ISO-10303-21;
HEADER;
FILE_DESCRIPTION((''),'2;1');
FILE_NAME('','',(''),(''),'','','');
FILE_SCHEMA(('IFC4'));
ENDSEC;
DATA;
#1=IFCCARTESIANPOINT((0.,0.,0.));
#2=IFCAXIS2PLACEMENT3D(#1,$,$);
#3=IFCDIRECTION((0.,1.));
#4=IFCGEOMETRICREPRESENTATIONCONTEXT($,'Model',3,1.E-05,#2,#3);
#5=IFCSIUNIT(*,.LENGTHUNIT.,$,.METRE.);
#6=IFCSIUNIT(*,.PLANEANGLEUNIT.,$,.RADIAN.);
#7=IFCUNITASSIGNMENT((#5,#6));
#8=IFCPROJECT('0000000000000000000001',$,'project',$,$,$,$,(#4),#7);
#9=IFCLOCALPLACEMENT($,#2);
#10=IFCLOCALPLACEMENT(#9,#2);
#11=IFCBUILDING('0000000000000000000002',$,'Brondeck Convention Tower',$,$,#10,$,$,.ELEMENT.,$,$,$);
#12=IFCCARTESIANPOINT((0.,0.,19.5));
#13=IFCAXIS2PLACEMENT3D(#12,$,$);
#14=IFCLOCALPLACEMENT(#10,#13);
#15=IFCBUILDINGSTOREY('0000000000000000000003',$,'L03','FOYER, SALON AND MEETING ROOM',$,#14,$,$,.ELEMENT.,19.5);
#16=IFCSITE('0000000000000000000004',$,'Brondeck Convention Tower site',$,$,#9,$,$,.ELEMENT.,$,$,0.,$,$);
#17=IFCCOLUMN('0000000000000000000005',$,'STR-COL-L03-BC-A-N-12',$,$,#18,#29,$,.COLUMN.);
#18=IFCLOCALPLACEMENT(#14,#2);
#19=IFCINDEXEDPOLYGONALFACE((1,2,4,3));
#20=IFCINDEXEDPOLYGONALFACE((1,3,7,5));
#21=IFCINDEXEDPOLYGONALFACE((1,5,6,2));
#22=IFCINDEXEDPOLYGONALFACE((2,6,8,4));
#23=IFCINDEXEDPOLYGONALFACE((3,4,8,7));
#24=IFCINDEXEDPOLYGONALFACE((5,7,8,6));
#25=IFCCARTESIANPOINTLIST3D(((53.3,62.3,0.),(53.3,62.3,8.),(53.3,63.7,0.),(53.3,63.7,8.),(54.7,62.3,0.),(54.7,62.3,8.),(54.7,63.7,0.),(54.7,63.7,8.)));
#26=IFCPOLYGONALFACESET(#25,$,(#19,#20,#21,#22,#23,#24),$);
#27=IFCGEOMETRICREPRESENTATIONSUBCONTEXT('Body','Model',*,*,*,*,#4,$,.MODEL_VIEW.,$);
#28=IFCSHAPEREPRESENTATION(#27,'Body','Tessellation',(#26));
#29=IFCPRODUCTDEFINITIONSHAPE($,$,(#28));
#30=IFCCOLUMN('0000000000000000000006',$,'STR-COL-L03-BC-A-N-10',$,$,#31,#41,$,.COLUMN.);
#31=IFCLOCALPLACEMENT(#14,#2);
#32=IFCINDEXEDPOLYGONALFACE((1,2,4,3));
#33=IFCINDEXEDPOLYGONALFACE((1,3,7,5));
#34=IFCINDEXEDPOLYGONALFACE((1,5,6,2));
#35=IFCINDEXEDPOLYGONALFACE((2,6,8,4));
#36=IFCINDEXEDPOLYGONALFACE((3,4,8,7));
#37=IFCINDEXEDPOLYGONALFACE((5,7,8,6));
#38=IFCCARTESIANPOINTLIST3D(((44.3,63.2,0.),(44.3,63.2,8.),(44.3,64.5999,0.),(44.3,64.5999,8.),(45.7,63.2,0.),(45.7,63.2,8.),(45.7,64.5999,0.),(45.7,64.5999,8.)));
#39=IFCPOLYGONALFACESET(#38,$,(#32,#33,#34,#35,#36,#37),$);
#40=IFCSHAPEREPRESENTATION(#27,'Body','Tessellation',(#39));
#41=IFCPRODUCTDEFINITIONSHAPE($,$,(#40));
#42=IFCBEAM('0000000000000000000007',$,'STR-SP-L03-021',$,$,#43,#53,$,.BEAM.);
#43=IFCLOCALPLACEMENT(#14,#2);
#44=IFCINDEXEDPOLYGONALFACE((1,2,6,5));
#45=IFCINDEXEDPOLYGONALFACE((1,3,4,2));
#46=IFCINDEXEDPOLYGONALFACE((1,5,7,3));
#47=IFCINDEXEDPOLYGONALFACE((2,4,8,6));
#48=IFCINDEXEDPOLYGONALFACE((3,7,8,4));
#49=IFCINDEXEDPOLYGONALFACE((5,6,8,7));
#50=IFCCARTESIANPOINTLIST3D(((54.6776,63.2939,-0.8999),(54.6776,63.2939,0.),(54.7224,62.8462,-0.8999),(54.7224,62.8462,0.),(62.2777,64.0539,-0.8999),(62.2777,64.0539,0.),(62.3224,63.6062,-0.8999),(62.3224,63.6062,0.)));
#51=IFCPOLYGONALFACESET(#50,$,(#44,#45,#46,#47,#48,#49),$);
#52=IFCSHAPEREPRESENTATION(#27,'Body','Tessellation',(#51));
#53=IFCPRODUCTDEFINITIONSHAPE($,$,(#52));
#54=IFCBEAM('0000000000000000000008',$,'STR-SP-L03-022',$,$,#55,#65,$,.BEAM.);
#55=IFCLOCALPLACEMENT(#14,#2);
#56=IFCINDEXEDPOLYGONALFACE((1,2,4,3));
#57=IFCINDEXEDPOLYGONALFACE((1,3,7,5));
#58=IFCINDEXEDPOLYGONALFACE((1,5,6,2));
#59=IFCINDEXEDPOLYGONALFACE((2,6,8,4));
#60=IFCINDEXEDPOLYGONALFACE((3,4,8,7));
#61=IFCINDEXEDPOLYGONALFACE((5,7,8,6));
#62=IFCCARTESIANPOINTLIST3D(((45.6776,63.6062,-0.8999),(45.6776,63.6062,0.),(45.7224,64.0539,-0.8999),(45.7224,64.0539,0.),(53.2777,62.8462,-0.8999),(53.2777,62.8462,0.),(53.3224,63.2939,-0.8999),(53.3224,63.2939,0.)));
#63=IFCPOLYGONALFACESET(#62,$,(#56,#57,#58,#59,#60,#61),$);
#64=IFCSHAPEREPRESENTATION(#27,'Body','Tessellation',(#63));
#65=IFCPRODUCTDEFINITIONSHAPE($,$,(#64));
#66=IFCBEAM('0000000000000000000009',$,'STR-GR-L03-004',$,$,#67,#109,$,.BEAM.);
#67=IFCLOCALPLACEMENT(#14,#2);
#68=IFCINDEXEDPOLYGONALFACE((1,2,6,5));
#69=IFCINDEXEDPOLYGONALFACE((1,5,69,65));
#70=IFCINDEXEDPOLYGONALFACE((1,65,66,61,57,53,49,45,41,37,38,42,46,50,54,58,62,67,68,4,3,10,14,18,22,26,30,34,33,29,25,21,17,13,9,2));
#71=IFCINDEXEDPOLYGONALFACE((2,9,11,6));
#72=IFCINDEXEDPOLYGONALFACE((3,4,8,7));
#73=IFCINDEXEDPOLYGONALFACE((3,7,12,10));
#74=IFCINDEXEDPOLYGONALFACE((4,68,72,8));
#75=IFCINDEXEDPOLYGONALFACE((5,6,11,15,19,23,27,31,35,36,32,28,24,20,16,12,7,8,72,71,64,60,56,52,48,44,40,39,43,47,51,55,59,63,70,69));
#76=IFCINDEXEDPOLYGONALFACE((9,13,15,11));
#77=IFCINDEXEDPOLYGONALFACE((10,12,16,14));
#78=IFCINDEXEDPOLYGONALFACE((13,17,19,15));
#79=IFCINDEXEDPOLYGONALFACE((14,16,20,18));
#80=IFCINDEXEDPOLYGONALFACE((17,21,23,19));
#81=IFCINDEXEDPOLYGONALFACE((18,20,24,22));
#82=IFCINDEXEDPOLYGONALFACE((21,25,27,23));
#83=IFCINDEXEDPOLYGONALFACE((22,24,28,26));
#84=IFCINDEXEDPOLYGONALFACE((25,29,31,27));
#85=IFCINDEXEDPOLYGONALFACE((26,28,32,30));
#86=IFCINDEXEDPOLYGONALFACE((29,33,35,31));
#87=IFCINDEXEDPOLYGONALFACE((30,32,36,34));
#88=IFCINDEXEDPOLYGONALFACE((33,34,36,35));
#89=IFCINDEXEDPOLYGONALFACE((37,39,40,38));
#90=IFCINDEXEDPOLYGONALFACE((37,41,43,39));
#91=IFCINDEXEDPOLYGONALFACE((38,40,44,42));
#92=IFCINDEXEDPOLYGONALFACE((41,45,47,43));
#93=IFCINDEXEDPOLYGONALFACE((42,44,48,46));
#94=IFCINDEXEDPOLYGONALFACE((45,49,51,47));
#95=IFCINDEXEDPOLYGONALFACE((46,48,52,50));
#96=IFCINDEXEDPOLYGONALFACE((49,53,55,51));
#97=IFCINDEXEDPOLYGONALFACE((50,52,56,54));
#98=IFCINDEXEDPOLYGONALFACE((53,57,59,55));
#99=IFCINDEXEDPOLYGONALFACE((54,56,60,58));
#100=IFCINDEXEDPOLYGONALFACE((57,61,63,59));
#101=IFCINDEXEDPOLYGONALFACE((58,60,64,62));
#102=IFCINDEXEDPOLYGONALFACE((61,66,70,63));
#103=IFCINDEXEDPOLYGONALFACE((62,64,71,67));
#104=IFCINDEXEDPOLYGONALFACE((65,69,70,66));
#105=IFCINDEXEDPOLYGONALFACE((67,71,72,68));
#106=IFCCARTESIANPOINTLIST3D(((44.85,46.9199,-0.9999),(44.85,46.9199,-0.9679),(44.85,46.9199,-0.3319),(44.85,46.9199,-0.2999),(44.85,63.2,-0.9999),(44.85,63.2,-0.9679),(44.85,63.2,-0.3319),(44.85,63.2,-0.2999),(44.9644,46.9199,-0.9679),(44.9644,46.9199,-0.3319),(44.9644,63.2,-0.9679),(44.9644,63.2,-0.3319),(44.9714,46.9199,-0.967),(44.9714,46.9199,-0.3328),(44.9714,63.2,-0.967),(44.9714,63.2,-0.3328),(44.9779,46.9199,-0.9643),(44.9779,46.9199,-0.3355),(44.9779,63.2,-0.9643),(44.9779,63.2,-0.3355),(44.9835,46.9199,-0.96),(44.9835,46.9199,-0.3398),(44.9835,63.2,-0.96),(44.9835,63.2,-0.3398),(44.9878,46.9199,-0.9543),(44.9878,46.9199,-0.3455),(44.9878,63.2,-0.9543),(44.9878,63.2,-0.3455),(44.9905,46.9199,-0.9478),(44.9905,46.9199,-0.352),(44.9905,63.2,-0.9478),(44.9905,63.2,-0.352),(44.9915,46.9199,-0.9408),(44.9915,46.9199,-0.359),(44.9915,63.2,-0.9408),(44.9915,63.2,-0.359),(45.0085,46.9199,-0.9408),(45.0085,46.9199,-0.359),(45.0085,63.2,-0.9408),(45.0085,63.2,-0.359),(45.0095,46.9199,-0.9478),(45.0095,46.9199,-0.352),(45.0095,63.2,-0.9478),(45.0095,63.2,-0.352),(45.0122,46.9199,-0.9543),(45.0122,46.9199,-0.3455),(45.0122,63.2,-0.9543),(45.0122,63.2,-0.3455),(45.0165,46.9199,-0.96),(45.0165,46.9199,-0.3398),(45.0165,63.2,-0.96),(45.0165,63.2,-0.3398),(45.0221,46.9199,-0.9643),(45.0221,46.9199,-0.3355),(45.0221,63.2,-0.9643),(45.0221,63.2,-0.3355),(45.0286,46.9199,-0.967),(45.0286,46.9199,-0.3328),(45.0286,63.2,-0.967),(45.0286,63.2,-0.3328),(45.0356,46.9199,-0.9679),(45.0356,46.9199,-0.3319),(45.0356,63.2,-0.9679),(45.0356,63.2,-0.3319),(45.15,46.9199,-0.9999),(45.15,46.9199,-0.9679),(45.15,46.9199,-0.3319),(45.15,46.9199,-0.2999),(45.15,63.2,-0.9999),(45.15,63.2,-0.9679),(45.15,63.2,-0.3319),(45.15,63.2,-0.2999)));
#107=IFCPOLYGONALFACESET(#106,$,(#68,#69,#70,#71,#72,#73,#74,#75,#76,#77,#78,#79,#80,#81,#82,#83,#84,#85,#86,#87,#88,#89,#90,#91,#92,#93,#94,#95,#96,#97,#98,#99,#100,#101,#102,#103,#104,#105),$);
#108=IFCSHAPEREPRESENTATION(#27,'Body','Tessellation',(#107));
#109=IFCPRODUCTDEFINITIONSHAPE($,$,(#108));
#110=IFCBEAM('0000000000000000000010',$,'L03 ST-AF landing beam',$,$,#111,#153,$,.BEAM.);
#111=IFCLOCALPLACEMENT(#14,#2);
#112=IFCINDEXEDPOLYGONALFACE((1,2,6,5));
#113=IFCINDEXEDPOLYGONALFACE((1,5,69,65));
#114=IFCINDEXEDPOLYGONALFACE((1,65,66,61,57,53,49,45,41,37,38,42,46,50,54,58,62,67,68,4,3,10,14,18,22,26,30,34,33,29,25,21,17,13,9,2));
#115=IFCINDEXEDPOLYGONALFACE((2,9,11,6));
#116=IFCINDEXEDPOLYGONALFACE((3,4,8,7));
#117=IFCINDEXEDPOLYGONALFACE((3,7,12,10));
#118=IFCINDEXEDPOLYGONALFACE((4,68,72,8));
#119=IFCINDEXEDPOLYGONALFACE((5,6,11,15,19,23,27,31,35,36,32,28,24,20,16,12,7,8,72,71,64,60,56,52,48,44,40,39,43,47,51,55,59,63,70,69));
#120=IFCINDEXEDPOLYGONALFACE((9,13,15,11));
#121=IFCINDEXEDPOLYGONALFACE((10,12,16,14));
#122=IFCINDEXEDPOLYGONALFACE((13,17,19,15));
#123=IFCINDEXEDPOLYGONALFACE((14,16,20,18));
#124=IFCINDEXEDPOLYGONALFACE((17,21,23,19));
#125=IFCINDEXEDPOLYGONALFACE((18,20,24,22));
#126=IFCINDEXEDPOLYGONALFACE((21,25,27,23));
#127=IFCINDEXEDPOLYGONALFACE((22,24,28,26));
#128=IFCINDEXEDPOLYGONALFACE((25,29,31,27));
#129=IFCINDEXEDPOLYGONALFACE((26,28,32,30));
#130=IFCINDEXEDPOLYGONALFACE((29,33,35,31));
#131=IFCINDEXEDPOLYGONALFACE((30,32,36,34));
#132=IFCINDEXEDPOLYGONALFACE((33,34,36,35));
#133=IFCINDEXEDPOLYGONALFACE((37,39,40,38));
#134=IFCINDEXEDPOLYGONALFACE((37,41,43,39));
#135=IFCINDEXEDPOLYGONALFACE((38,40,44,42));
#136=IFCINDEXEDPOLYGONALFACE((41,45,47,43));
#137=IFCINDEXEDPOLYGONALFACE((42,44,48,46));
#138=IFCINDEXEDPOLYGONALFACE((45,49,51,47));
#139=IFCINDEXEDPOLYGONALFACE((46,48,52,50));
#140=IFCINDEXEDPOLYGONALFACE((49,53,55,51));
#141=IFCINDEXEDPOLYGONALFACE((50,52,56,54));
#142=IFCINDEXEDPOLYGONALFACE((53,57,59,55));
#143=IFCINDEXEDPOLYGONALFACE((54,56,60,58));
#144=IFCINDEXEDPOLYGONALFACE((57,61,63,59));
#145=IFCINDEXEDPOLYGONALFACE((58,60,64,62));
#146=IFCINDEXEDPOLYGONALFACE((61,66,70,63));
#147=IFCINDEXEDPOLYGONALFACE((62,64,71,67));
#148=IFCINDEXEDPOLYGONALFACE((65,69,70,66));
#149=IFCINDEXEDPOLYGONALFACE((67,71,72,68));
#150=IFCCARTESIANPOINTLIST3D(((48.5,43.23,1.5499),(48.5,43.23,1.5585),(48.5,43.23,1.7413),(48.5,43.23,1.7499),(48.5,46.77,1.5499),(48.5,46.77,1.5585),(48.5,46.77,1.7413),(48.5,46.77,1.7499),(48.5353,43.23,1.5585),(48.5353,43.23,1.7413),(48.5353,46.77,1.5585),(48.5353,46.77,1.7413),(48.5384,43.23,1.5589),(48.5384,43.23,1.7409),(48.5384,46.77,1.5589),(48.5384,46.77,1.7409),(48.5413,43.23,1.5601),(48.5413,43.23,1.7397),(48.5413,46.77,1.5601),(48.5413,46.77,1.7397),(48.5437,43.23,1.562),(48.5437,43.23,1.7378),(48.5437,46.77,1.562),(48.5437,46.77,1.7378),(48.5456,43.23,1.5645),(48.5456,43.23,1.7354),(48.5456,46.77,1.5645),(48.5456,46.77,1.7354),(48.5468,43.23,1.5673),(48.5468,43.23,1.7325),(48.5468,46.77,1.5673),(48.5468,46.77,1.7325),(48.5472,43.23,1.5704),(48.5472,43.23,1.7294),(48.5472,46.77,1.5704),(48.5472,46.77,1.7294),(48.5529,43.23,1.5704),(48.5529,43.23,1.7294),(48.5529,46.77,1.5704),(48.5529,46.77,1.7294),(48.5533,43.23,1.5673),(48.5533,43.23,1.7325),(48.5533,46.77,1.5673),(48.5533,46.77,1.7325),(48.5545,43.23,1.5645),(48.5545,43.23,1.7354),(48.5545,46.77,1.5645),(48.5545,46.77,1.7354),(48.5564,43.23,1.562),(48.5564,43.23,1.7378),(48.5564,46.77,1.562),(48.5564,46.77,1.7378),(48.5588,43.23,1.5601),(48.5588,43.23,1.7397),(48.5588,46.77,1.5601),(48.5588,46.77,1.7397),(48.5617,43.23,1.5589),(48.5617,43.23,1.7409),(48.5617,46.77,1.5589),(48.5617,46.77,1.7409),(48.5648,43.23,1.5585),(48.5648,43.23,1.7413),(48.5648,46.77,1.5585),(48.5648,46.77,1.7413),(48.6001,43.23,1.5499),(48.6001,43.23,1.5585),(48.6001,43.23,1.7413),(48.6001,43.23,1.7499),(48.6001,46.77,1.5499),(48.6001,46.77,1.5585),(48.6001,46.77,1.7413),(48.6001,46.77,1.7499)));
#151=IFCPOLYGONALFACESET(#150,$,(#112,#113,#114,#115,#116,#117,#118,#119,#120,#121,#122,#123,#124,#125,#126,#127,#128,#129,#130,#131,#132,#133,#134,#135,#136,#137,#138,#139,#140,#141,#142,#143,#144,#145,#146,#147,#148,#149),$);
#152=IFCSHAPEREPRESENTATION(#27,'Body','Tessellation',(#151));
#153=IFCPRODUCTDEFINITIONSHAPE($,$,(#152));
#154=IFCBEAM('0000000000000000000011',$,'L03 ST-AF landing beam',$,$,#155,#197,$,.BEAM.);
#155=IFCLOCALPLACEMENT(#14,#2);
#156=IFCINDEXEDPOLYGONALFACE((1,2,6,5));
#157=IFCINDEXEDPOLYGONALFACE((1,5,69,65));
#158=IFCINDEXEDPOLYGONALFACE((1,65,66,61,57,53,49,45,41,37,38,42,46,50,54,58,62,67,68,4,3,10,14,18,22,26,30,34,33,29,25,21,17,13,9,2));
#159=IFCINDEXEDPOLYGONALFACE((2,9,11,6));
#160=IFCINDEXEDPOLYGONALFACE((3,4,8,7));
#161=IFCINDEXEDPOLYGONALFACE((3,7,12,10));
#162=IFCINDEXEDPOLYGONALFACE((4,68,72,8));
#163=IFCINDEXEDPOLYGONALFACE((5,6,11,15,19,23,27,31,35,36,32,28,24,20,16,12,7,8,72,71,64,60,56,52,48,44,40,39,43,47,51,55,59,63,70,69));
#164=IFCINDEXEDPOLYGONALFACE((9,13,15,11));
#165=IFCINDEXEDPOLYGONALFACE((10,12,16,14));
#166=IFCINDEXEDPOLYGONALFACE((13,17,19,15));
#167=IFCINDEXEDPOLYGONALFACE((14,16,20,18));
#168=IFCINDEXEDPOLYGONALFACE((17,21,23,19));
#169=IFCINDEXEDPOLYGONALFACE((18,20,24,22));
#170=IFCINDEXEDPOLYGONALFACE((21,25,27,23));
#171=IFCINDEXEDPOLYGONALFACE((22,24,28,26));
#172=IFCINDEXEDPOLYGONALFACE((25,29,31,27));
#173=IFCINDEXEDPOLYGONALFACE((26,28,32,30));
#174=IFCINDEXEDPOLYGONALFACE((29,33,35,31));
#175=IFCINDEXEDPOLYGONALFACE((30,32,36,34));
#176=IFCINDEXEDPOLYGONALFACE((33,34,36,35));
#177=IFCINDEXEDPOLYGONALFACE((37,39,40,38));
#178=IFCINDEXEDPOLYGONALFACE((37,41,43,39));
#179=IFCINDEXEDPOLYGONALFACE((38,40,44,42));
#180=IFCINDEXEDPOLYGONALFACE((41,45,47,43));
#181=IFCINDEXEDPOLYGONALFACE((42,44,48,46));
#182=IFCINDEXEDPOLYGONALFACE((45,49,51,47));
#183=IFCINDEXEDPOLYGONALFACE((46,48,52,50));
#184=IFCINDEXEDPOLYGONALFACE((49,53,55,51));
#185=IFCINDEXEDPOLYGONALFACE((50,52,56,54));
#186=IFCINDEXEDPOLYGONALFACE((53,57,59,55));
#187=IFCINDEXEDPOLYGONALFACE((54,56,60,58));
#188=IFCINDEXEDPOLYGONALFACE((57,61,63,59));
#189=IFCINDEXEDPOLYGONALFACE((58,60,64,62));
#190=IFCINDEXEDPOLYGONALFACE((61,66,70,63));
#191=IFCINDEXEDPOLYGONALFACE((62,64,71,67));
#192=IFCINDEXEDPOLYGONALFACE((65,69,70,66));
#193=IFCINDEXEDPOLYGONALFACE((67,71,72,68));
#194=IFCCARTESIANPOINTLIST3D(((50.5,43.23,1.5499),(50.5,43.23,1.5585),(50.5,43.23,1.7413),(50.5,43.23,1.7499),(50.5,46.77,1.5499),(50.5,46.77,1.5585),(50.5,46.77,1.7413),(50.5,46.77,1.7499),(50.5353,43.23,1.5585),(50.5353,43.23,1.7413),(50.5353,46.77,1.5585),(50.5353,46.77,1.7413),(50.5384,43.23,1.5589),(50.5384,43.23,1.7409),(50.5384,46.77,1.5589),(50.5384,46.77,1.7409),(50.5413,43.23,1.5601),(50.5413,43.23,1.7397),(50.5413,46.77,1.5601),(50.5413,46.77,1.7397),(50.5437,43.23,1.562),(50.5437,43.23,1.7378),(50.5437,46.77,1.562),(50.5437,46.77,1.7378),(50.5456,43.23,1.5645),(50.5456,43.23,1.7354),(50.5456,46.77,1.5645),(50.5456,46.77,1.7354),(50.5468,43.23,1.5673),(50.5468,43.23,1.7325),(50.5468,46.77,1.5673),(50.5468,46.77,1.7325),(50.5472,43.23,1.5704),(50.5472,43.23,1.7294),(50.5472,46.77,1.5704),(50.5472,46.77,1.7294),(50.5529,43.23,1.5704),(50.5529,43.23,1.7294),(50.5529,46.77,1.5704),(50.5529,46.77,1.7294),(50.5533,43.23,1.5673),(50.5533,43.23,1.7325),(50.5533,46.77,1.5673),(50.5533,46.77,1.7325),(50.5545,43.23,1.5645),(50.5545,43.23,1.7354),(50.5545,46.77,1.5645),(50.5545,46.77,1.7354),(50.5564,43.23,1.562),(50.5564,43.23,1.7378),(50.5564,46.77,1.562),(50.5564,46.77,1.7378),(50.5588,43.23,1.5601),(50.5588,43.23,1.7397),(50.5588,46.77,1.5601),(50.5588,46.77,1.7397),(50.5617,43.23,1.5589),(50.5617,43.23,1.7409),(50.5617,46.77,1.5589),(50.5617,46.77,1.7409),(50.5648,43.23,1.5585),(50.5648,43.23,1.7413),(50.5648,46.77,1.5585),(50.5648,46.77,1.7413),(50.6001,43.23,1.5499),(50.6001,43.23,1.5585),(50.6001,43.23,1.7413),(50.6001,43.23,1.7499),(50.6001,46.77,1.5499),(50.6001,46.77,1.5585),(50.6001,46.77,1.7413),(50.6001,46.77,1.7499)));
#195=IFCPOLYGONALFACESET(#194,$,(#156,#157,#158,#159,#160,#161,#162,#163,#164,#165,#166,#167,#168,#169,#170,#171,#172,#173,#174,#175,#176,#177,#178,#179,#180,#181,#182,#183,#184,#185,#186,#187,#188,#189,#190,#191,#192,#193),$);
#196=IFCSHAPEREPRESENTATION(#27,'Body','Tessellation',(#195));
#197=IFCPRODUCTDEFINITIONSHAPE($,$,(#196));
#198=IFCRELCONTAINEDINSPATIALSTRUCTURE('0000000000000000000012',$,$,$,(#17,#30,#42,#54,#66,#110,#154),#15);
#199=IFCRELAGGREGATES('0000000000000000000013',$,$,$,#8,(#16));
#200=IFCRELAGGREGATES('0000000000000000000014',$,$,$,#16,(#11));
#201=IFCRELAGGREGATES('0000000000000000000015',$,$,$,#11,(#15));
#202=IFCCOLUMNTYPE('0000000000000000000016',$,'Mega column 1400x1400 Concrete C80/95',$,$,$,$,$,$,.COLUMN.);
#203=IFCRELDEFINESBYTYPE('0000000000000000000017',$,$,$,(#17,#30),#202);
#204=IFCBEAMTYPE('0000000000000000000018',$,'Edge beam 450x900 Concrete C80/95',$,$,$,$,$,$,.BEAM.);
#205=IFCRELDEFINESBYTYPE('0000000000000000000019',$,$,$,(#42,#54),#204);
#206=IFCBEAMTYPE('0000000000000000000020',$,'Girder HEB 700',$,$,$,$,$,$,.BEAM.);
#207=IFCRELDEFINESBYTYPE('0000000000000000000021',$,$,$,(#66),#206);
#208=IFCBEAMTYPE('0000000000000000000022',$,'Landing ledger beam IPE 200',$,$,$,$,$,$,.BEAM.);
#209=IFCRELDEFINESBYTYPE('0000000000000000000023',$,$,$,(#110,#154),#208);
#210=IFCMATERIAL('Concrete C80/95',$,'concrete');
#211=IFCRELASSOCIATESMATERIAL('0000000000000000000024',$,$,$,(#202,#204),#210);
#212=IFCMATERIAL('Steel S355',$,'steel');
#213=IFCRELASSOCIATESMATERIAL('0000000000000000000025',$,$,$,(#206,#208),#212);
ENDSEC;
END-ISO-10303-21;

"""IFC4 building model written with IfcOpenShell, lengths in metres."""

from ifc_helpers import new_model, si_unit, direction, frame, origin, origin_2d, place, context, subcontext, project, spatial, rectangle, i_section, extrude, material, material_profile, profile_set, type_object, element, save


model = new_model("IFC4")

# Units and contexts
model_context = context("Model", 3, precision=1e-05, world=origin(), true_north=direction((0.0, 1.0)))
body_context = subcontext(model_context, "Body", "Model", "MODEL_VIEW")
ifc_project = project(units=[si_unit("LENGTHUNIT", "METRE"), si_unit("PLANEANGLEUNIT", "RADIAN")], contexts=[model_context])

# Site, building, storey
site_placement = place(None, origin())
site = spatial("IfcSite", under=ifc_project, at=site_placement, Name="Brondeck Convention Tower site", CompositionType="ELEMENT", RefElevation=0.0)
building_placement = place(site_placement, origin())
building = spatial("IfcBuilding", under=site, at=building_placement, Name="Brondeck Convention Tower", CompositionType="ELEMENT")
storey_placement = place(building_placement, frame((0.0, 0.0, 19.5)))
storey = spatial("IfcBuildingStorey", under=building, at=storey_placement, Name="L03", Description="FOYER, SALON AND MEETING ROOM", CompositionType="ELEMENT", Elevation=19.5)

# Columns
ifc_material_1 = material(Name="Concrete C80/95", Category="concrete")
ifc_material_profile_1 = material_profile(ifc_material_1, rectangle(XDim=1.3999, YDim=1.3999, at=origin_2d()), Name="Mega column 1400x1400 Concrete C80/95")
ifc_profile_set_1 = profile_set([ifc_material_profile_1], Name="Concrete C80/95")
column_type = type_object("IfcColumnType", Name="Mega column 1400x1400 Concrete C80/95", PredefinedType="COLUMN", material=ifc_profile_set_1)
for number, where, z_axis, x_axis, name in (
    (1, (54.0, 63.0, 0.0), (0.0, 0.0, 1.0), (1.0, 0.0, 0.0), "STR-COL-L03-BC-A-N-12"),
    (2, (45.0, 63.8999, 0.0), (0.0, 0.0, 1.0), (1.0, 0.0, 0.0), "STR-COL-L03-BC-A-N-10"),
):
    element("IfcColumn", number, at=place(storey_placement, frame(where, z_axis=z_axis, x_axis=x_axis)), inside=storey, type_object=column_type, Name=name, PredefinedType="COLUMN", context=body_context, shape_type="SweptSolid", body=[
        extrude(rectangle(XDim=1.3999, YDim=1.3999, at=origin_2d()), origin(), (0.0, 0.0, 1.0), 8.0),
    ])

# Beams
ifc_material_profile_2 = material_profile(ifc_material_1, rectangle(XDim=0.45, YDim=0.8999, at=origin_2d()), Name="Edge beam 450x900 Concrete C80/95")
ifc_profile_set_2 = profile_set([ifc_material_profile_2], Name="Concrete C80/95")
beam_type_1 = type_object("IfcBeamType", Name="Edge beam 450x900 Concrete C80/95", PredefinedType="BEAM", material=ifc_profile_set_2)
for number, where, z_axis, x_axis, name in (
    (3, (62.3, 63.8301, -0.45), (-0.995037, -0.099504, 0.0), (0.099504, -0.995037, 0.0), "STR-SP-L03-021"),
    (4, (53.3, 63.0701, -0.45), (-0.995037, 0.099504, 0.0), (-0.099504, -0.995037, 0.0), "STR-SP-L03-022"),
):
    element("IfcBeam", number, at=place(storey_placement, frame(where, z_axis=z_axis, x_axis=x_axis)), inside=storey, type_object=beam_type_1, Name=name, PredefinedType="BEAM", context=body_context, shape_type="SweptSolid", body=[
        extrude(rectangle(XDim=0.45, YDim=0.8999, at=origin_2d()), origin(), (0.0, 0.0, 1.0), 7.6379),
    ])
ifc_material_2 = material(Name="Steel S355", Category="steel")
ifc_material_profile_3 = material_profile(ifc_material_2, i_section(OverallWidth=0.3, OverallDepth=0.7, WebThickness=0.0171, FlangeThickness=0.032, FilletRadius=0.0271, at=origin_2d()), Name="HEB 700")
ifc_profile_set_3 = profile_set([ifc_material_profile_3], Name="Steel S355")
beam_type_2 = type_object("IfcBeamType", Name="Girder HEB 700", PredefinedType="BEAM", material=ifc_profile_set_3)
beam_placement = place(storey_placement, frame((45.0, 46.9199, -0.6499), z_axis=(0.0, 1.0, 0.0), x_axis=(-1.0, 0.0, 0.0)))
element("IfcBeam", 5, at=beam_placement, inside=storey, type_object=beam_type_2, Name="STR-GR-L03-004", PredefinedType="BEAM", context=body_context, shape_type="SweptSolid", body=[
    extrude(i_section(OverallWidth=0.3, OverallDepth=0.7, WebThickness=0.0171, FlangeThickness=0.032, FilletRadius=0.0271, at=origin_2d()), origin(), (0.0, 0.0, 1.0), 16.28),
])
ifc_material_profile_4 = material_profile(ifc_material_2, i_section(OverallWidth=0.1001, OverallDepth=0.2, WebThickness=0.0056, FlangeThickness=0.0085, FilletRadius=0.012, at=origin_2d()), Name="IPE200")
ifc_profile_set_4 = profile_set([ifc_material_profile_4], Name="Steel S355")
beam_type_3 = type_object("IfcBeamType", Name="Landing ledger beam IPE 200", PredefinedType="BEAM", material=ifc_profile_set_4)
for number, where, z_axis, x_axis, name in (
    (6, (48.55, 43.23, 1.6499), (0.0, 1.0, 0.0), (-1.0, 0.0, 0.0), "L03 ST-AF landing beam"),
    (7, (50.55, 43.23, 1.6499), (0.0, 1.0, 0.0), (-1.0, 0.0, 0.0), "L03 ST-AF landing beam"),
):
    element("IfcBeam", number, at=place(storey_placement, frame(where, z_axis=z_axis, x_axis=x_axis)), inside=storey, type_object=beam_type_3, Name=name, PredefinedType="BEAM", context=body_context, shape_type="SweptSolid", body=[
        extrude(i_section(OverallWidth=0.1001, OverallDepth=0.2, WebThickness=0.0056, FlangeThickness=0.0085, FilletRadius=0.012, at=origin_2d()), origin(), (0.0, 0.0, 1.0), 3.54),
    ])

save(model, "model.ifc")
